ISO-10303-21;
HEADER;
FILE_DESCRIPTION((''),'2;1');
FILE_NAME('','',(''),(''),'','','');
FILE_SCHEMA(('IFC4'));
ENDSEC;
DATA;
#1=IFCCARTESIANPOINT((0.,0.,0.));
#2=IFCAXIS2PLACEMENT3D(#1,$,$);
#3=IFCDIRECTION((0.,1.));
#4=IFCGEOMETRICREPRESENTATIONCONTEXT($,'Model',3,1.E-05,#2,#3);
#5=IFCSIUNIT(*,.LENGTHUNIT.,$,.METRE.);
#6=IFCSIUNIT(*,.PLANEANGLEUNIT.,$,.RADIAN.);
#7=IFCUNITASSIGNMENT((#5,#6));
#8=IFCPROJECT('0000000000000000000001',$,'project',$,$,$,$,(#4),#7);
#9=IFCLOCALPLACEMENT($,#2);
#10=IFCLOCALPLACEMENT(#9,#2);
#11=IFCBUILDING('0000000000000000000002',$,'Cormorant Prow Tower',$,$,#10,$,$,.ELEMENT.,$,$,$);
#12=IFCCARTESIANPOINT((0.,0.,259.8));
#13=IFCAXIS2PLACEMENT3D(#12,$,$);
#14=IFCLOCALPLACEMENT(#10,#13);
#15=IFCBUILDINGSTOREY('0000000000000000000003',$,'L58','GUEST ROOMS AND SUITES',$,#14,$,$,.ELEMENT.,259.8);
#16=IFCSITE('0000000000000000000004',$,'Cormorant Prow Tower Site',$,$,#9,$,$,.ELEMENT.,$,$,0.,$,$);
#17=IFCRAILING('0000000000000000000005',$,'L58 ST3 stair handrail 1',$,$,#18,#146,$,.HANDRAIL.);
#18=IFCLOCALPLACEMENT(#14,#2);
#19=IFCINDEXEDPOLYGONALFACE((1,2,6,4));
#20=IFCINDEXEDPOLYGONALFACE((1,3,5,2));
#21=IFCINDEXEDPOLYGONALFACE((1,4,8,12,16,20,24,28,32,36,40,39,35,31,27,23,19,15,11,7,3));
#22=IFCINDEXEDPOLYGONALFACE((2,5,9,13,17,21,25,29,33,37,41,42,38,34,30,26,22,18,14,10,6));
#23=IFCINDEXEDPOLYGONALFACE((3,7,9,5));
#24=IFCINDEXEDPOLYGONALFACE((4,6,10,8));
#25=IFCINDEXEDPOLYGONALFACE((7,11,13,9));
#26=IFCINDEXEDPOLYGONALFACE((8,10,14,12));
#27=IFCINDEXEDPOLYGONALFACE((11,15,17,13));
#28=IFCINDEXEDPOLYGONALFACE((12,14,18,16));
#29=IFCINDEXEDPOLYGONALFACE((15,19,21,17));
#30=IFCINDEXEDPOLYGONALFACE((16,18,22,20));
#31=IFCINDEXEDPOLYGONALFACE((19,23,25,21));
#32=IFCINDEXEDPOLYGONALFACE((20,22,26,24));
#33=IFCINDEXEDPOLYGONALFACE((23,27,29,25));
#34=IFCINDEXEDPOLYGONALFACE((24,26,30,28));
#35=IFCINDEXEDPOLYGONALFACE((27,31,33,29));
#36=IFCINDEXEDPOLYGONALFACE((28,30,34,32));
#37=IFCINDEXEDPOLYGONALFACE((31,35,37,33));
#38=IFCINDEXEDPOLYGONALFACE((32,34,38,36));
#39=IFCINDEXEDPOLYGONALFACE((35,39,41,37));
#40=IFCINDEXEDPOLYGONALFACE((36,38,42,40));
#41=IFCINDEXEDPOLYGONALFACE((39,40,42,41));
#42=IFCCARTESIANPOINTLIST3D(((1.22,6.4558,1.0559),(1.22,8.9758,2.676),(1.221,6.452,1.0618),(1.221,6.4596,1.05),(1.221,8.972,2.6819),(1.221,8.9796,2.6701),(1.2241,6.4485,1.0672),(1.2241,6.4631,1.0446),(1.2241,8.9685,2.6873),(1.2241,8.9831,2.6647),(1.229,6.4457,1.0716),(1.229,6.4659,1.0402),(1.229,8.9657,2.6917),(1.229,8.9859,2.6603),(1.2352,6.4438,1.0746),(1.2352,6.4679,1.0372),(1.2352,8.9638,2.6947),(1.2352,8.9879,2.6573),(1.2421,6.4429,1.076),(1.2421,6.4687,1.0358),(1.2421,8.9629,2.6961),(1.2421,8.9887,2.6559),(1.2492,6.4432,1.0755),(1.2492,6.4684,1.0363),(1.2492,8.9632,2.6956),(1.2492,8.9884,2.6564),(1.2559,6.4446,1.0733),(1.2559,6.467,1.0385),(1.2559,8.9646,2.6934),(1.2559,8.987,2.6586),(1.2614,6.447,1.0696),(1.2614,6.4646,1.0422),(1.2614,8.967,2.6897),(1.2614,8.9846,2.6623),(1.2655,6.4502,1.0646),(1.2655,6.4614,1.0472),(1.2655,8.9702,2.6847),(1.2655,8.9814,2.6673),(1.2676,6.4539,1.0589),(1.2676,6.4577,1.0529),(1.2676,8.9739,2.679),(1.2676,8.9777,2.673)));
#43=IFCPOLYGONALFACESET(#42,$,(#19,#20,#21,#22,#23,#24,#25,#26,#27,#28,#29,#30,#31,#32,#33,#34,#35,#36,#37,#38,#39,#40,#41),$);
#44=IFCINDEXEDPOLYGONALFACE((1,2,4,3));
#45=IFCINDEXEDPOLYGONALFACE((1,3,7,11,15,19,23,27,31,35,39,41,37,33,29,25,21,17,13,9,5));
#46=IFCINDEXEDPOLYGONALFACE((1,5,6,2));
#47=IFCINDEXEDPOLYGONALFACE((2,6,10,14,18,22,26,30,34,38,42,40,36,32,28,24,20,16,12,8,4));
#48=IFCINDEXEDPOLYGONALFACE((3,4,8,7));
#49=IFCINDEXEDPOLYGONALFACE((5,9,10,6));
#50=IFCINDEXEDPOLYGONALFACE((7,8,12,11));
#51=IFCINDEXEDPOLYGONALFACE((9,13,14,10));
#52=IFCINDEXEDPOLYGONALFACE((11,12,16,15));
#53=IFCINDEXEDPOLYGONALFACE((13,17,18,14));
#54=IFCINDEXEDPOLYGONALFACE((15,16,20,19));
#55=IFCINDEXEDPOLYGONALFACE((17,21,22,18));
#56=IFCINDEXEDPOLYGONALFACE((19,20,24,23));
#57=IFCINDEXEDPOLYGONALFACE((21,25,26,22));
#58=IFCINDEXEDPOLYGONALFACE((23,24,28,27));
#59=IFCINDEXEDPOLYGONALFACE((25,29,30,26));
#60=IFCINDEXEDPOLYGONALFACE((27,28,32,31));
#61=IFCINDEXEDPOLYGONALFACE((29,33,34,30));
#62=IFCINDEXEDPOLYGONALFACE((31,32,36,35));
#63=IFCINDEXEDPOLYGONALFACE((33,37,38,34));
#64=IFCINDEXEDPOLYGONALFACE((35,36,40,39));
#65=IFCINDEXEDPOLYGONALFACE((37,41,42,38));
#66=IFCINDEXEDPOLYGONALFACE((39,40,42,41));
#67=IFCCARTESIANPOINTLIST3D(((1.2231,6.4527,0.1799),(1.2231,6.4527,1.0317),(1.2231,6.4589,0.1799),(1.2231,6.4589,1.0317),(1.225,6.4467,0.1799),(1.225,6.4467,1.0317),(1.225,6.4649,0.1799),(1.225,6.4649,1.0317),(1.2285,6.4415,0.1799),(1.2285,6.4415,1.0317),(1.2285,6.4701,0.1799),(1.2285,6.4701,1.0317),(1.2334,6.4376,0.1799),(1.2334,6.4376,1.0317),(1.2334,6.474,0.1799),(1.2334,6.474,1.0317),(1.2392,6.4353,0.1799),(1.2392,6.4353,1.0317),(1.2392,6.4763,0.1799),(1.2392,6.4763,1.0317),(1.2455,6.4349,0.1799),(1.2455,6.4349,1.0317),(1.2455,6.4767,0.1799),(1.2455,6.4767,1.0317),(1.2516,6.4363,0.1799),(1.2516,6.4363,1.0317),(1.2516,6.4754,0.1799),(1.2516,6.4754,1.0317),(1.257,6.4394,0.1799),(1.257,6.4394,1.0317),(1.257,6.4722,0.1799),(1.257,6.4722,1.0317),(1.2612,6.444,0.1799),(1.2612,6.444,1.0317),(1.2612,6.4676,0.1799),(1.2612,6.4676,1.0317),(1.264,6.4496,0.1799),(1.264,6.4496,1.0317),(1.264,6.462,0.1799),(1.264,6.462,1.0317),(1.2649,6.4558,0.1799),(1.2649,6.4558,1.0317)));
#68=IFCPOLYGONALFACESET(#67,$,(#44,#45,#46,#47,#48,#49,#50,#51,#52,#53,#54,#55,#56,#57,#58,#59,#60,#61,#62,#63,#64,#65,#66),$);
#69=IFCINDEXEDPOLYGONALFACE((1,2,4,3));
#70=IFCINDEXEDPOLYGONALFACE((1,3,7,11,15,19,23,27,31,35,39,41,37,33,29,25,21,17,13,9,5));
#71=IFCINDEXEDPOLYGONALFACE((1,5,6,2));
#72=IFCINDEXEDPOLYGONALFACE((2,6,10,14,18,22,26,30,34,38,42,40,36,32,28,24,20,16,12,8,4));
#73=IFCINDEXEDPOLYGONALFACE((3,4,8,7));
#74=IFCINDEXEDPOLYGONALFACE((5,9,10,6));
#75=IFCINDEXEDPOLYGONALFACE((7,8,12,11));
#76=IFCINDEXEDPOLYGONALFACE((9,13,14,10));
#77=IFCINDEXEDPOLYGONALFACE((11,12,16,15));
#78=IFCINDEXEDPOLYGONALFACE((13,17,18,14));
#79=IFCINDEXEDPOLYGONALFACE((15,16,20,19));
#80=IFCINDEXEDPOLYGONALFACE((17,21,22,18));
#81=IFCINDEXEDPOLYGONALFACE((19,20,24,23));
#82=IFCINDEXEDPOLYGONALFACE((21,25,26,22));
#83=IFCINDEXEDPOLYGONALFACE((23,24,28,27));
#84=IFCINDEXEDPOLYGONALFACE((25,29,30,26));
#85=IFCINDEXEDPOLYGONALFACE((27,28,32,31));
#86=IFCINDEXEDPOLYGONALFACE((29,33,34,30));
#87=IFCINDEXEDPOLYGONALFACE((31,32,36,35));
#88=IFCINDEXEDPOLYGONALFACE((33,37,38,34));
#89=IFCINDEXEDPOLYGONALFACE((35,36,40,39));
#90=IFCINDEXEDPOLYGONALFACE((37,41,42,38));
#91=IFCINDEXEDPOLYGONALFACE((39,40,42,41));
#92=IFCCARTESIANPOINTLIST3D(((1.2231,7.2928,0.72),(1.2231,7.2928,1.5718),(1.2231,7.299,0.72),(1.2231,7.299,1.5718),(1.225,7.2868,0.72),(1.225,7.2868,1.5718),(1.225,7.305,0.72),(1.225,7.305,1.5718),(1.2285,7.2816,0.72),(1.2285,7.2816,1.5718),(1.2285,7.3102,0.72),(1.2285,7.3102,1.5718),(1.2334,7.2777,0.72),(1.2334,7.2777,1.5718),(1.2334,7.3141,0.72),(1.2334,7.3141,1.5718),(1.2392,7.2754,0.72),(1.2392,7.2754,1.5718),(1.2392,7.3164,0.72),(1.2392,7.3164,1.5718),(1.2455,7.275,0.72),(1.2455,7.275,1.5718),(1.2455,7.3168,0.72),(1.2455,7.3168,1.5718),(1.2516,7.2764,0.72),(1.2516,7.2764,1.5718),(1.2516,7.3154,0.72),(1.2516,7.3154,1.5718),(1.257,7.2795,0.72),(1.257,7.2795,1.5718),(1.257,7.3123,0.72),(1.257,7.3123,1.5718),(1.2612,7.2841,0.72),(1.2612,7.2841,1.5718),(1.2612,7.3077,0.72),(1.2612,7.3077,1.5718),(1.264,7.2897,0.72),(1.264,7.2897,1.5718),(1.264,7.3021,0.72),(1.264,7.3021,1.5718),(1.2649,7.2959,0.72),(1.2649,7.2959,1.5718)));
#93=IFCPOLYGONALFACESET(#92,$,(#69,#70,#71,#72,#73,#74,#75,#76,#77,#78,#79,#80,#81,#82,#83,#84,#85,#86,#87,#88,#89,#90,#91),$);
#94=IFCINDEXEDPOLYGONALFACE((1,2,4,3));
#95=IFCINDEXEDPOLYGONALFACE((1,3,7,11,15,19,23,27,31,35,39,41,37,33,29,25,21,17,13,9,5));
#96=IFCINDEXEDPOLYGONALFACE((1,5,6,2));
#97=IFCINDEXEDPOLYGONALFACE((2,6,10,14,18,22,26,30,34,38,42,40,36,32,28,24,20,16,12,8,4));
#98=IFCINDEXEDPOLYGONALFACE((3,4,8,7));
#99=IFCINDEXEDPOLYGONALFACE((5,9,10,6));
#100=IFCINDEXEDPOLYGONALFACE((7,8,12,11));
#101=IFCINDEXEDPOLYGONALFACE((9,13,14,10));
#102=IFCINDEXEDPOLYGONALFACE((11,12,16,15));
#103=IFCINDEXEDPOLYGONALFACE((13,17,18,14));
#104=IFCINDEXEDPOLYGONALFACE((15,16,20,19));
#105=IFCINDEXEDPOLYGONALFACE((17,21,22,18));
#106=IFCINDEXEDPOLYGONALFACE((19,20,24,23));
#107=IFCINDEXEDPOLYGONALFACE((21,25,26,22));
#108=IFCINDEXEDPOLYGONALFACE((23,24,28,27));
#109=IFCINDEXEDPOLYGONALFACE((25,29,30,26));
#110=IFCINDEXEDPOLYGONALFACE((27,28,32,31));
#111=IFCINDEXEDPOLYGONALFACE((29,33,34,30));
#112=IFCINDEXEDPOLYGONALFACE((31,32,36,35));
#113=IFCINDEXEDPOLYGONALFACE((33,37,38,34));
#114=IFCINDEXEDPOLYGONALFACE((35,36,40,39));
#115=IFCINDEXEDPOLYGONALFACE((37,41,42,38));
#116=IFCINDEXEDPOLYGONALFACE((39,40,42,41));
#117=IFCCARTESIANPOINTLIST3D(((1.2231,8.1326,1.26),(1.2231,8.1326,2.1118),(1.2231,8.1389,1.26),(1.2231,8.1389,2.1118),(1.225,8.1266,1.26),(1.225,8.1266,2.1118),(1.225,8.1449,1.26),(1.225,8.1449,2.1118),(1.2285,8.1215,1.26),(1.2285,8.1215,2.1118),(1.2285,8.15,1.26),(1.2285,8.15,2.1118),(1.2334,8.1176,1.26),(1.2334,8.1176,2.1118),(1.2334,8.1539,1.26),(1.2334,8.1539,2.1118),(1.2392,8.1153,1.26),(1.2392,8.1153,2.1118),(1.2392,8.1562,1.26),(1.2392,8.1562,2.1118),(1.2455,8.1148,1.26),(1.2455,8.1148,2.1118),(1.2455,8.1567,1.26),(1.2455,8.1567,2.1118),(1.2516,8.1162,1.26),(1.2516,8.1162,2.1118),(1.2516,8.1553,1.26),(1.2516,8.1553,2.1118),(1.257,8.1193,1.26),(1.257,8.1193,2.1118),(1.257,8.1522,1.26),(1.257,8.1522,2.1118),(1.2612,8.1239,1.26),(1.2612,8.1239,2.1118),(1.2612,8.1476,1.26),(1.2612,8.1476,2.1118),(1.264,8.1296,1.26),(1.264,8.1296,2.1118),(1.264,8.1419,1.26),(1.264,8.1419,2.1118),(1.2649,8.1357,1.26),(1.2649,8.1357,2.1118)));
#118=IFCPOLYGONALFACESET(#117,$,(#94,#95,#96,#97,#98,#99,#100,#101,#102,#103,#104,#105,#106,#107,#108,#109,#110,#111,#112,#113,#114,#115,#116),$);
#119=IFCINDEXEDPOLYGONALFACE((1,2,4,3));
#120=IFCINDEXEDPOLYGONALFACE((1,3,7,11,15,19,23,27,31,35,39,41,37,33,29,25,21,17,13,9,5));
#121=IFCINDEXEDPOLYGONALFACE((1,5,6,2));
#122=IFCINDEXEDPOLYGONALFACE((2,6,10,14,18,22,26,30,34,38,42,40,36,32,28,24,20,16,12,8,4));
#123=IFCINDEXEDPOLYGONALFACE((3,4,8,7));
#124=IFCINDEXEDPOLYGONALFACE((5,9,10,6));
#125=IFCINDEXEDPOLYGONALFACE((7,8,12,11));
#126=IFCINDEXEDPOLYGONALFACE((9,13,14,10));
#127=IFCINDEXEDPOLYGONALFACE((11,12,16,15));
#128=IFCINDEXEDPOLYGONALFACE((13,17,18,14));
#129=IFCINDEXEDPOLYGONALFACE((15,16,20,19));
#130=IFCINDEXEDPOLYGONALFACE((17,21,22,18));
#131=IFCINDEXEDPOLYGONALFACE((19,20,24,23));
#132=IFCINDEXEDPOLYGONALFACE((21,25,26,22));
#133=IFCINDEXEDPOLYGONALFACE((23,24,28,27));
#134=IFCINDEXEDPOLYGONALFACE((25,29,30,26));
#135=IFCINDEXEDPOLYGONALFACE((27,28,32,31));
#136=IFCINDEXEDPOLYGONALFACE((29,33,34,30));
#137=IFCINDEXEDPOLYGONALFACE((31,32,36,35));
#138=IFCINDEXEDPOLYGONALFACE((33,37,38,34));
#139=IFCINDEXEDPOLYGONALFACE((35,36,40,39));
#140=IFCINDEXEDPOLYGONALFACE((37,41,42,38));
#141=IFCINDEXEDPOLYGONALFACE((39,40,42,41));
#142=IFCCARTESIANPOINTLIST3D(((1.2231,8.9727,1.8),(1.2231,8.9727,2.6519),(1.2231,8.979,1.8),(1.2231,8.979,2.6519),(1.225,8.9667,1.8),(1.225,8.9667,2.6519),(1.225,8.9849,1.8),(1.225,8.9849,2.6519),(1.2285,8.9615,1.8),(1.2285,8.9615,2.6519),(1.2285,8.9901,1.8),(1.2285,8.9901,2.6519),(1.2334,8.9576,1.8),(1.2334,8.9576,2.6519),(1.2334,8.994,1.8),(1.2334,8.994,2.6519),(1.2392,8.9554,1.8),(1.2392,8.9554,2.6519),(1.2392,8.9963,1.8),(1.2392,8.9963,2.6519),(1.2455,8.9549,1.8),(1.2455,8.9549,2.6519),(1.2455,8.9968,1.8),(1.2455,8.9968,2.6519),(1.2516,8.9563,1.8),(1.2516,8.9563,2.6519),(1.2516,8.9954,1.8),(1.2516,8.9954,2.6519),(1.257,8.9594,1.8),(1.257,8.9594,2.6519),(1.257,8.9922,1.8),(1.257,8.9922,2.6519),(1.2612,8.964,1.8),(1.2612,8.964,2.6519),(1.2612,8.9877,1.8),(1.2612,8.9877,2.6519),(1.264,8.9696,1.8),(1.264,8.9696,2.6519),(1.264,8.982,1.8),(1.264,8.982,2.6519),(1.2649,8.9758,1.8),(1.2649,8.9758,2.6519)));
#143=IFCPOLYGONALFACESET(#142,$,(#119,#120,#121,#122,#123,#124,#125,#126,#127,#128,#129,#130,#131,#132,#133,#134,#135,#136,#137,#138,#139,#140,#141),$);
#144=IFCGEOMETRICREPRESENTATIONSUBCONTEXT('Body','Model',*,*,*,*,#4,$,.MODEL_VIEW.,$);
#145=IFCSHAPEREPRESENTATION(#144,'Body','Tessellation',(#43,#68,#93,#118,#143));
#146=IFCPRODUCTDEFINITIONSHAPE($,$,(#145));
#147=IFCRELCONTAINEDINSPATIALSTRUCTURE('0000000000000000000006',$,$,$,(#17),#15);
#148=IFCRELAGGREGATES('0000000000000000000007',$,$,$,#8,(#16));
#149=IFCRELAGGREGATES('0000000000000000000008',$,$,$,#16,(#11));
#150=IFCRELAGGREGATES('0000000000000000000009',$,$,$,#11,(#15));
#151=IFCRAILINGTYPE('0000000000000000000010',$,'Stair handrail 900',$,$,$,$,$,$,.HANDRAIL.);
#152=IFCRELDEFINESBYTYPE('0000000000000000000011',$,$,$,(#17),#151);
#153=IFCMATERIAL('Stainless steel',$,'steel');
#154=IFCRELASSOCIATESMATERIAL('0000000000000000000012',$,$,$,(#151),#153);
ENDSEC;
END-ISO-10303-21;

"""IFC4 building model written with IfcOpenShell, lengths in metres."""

from ifc_helpers import new_model, si_unit, direction, frame, origin, origin_2d, place, context, subcontext, project, spatial, circle, extrude, material, type_object, element, save


model = new_model("IFC4")

# Units and contexts
model_context = context("Model", 3, precision=1e-05, world=origin(), true_north=direction((0.0, 1.0)))
body_context = subcontext(model_context, "Body", "Model", "MODEL_VIEW")
ifc_project = project(units=[si_unit("LENGTHUNIT", "METRE"), si_unit("PLANEANGLEUNIT", "RADIAN")], contexts=[model_context])

# Site, building, storey
site_placement = place(None, origin())
site = spatial("IfcSite", under=ifc_project, at=site_placement, Name="Cormorant Prow Tower Site", CompositionType="ELEMENT", RefElevation=0.0)
building_placement = place(site_placement, origin())
building = spatial("IfcBuilding", under=site, at=building_placement, Name="Cormorant Prow Tower", CompositionType="ELEMENT")
storey_placement = place(building_placement, frame((0.0, 0.0, 259.8)))
storey = spatial("IfcBuildingStorey", under=building, at=storey_placement, Name="L58", Description="GUEST ROOMS AND SUITES", CompositionType="ELEMENT", Elevation=259.8)

# Railing
ifc_material_1 = material(Name="Stainless steel", Category="steel")
railing_type_1 = type_object("IfcRailingType", Name="Stair handrail 900", PredefinedType="HANDRAIL", material=ifc_material_1)
railing_1_placement = place(storey_placement, frame((1.2439, 6.4558, 0.1799)))
element("IfcRailing", 1, at=railing_1_placement, inside=storey, type_object=railing_type_1, Name="L58 ST3 stair handrail 1", PredefinedType="HANDRAIL", context=body_context, shape_type="SweptSolid", body=[
    extrude(circle(Radius=0.0239, at=origin_2d()), frame((0.0, 0.0, 0.876), z_axis=(0.0, 0.841163, 0.540782), x_axis=(-1.0, 0.0, 0.0)), (0.0, 0.0, 1.0), 2.9958),
    extrude(circle(Radius=0.021, at=origin_2d()), origin(), (0.0, 0.0, 1.0), 0.8518),
    extrude(circle(Radius=0.021, at=origin_2d()), frame((0.0, 0.8401, 0.54)), (0.0, 0.0, 1.0), 0.8518),
    extrude(circle(Radius=0.021, at=origin_2d()), frame((0.0, 1.6799, 1.0801)), (0.0, 0.0, 1.0), 0.8518),
    extrude(circle(Radius=0.021, at=origin_2d()), frame((0.0, 2.52, 1.6201)), (0.0, 0.0, 1.0), 0.8518),
])

save(model, "model.ifc")
